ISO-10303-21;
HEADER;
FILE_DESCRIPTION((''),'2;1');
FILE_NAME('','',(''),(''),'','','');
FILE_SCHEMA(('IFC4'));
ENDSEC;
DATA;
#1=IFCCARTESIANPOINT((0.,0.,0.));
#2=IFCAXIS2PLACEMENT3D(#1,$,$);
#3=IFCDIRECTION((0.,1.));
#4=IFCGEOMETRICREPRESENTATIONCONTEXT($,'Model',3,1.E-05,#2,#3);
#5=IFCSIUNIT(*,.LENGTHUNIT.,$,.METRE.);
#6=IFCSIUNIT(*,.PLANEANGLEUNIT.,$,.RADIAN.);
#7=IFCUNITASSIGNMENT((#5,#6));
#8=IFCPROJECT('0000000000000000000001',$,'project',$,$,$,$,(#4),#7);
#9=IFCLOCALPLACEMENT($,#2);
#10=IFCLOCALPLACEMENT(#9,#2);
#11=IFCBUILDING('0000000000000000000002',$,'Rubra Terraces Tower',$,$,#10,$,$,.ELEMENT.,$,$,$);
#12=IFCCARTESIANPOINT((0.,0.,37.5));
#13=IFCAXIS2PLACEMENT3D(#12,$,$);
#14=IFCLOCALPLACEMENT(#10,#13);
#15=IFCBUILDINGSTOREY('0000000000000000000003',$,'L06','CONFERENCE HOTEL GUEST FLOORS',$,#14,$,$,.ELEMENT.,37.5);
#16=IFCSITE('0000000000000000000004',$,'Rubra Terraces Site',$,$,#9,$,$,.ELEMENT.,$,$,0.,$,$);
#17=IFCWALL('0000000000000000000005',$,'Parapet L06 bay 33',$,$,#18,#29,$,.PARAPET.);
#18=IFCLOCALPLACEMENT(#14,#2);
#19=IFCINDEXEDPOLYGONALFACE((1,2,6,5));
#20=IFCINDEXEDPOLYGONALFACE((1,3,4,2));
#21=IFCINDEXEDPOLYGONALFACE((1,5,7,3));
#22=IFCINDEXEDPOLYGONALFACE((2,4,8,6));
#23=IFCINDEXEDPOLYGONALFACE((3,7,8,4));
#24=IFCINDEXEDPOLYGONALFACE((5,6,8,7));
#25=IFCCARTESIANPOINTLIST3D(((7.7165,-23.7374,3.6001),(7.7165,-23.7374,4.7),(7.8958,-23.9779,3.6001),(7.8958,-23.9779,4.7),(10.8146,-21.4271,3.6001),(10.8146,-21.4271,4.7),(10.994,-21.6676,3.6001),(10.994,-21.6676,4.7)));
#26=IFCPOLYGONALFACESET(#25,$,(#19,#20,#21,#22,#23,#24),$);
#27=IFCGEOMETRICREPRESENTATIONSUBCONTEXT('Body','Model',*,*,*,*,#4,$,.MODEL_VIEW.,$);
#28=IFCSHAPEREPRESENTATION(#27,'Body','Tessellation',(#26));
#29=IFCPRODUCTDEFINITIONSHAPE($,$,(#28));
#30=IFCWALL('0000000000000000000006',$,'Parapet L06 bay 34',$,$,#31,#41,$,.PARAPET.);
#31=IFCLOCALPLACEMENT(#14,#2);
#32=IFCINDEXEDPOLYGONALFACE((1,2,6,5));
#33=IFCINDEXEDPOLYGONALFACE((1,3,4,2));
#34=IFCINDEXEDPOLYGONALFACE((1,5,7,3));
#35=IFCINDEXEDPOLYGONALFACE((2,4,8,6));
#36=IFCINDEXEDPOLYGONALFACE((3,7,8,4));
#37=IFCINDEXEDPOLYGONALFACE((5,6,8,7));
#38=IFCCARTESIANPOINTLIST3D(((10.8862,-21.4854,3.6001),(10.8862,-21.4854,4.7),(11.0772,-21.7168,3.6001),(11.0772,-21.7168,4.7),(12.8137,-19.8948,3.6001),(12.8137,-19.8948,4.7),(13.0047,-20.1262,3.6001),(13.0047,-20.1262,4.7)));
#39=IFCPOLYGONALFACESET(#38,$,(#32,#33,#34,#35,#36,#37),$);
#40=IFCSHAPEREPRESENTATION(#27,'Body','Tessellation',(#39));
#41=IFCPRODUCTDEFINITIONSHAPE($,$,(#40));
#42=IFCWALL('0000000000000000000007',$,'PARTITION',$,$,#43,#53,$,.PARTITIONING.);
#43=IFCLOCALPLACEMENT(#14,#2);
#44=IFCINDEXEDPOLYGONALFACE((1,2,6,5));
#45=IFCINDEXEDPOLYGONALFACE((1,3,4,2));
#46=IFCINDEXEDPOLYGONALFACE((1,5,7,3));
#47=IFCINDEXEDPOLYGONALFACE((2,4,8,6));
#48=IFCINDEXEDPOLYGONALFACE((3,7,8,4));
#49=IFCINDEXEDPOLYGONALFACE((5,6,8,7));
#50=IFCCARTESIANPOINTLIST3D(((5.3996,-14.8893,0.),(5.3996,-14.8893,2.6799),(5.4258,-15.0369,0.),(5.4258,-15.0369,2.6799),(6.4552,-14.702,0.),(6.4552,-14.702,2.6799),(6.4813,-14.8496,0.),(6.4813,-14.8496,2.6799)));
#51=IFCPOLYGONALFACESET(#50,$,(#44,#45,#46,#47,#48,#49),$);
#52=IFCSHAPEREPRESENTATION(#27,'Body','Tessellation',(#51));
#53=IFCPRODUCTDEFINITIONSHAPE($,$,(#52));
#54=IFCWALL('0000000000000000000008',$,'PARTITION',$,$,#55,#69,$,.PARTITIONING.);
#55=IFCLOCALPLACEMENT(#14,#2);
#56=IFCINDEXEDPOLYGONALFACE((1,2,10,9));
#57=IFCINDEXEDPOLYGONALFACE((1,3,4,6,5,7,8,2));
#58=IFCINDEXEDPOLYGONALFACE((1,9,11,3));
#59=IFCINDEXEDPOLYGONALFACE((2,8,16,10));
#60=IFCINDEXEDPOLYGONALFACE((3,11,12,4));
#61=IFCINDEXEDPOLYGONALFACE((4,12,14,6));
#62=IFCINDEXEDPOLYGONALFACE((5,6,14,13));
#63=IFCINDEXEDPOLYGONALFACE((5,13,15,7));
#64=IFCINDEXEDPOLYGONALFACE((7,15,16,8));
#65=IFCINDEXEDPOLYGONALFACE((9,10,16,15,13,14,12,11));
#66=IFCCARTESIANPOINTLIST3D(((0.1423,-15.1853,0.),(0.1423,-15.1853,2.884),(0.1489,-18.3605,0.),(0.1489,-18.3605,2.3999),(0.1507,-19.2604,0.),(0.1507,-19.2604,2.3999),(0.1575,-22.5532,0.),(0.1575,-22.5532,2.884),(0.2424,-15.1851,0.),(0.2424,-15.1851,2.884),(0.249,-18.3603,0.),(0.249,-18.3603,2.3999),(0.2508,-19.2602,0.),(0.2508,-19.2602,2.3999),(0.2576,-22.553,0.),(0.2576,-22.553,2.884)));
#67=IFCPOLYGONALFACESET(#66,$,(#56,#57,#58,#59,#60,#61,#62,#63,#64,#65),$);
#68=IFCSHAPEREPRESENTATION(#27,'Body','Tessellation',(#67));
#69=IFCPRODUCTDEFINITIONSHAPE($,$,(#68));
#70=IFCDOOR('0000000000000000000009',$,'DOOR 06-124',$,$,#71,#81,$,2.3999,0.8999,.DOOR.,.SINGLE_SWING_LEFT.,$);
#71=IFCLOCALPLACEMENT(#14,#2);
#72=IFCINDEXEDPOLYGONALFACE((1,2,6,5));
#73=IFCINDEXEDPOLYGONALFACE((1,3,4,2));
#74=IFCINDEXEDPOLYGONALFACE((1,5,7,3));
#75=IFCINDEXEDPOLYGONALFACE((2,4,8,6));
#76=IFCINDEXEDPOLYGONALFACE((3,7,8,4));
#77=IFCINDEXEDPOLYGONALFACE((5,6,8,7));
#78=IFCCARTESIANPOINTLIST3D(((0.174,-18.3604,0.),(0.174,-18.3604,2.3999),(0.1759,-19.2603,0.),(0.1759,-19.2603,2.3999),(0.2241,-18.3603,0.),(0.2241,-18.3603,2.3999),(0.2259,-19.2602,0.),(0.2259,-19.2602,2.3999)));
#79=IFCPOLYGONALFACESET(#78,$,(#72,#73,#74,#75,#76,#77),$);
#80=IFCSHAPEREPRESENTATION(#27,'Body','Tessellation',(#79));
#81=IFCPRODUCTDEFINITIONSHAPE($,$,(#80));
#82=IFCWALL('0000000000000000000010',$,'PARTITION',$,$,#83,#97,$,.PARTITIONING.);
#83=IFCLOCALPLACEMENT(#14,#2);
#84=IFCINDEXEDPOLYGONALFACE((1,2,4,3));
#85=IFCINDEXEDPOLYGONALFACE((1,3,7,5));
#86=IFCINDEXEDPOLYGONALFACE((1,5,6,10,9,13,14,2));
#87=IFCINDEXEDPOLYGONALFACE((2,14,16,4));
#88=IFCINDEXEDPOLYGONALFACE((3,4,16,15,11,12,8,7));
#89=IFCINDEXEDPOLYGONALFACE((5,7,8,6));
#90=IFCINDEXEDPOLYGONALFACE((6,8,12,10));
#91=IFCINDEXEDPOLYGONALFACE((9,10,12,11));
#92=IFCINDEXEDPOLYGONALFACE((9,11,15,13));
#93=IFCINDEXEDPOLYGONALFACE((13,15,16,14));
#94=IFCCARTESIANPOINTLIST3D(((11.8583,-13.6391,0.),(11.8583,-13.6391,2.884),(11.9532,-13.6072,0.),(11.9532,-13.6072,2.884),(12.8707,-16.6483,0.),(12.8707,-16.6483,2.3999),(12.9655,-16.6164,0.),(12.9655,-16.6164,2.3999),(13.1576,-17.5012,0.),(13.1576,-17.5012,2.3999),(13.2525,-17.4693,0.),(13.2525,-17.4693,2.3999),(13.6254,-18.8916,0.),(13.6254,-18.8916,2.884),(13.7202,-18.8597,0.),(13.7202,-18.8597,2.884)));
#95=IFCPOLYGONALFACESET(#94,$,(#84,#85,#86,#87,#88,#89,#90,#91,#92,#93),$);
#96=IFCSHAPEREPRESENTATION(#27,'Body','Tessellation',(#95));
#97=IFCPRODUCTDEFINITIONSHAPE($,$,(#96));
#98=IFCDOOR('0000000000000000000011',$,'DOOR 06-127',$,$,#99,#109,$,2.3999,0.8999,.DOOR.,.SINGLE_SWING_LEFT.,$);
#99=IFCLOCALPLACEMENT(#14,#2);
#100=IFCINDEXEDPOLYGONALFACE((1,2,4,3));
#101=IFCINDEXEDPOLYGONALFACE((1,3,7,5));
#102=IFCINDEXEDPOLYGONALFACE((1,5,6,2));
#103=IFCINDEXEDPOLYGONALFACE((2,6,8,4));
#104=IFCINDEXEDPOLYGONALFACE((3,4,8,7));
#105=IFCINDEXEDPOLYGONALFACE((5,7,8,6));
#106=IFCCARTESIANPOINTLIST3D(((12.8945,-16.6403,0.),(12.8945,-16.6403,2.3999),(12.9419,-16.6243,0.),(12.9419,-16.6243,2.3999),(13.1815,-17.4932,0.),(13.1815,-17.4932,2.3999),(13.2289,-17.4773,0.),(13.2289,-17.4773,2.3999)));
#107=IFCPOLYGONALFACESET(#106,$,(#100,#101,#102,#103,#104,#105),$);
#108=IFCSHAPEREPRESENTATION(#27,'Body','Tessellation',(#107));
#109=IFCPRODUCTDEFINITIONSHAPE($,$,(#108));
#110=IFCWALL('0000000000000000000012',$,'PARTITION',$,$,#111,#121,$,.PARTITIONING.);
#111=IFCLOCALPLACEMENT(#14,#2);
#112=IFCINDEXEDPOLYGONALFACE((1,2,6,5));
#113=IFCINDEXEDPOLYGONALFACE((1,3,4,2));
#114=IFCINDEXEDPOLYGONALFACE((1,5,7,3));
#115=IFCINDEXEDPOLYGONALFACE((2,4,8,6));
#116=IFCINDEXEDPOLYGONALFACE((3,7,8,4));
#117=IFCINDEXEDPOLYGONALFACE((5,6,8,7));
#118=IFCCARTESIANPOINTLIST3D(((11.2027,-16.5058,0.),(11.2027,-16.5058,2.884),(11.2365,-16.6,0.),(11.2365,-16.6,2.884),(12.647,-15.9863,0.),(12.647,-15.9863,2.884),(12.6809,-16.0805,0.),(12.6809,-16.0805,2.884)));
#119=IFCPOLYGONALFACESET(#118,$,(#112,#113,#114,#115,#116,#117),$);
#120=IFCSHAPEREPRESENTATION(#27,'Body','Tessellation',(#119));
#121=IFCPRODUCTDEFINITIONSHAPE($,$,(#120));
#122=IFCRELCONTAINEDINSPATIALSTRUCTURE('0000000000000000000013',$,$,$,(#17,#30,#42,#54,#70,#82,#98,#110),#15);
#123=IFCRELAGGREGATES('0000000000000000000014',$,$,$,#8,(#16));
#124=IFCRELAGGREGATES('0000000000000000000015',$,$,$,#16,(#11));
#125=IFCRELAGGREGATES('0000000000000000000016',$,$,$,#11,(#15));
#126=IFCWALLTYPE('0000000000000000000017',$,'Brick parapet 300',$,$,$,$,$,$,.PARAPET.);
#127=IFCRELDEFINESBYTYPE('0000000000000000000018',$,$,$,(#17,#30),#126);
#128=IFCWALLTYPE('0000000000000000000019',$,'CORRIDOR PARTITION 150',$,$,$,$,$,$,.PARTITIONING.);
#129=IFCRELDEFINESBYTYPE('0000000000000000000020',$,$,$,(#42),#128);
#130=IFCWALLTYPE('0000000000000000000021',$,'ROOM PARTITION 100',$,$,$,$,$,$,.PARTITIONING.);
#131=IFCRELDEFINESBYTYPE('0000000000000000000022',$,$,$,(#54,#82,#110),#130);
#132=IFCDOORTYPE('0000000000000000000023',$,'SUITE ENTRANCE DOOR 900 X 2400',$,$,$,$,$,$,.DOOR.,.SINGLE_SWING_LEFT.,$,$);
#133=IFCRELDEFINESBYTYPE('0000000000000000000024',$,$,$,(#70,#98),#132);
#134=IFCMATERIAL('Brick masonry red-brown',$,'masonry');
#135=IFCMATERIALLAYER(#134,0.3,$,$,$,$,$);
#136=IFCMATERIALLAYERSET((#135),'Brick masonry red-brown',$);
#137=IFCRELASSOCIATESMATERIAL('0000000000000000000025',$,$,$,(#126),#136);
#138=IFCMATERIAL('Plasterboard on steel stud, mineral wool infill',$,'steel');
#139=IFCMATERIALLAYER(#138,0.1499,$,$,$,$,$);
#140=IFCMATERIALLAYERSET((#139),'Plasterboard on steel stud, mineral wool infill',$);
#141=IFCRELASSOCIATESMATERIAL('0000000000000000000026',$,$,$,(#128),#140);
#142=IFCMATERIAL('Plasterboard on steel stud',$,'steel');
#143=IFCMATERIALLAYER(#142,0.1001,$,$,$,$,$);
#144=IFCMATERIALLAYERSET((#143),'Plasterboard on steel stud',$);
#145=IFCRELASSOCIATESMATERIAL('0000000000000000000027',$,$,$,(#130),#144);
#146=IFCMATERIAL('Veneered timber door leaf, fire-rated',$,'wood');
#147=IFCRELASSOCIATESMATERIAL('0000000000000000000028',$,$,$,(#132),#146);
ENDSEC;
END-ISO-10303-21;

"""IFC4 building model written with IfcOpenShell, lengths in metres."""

from ifc_helpers import new_model, si_unit, direction, frame, frame_2d, origin, place, context, subcontext, project, spatial, rectangle, extrude, material, layer, layer_set, type_object, element, fill, save


model = new_model("IFC4")

# Units and contexts
model_context = context("Model", 3, precision=1e-05, world=origin(), true_north=direction((0.0, 1.0)))
body_context = subcontext(model_context, "Body", "Model", "MODEL_VIEW")
ifc_project = project(units=[si_unit("LENGTHUNIT", "METRE"), si_unit("PLANEANGLEUNIT", "RADIAN")], contexts=[model_context])

# Site, building, storey
site_placement = place(None, origin())
site = spatial("IfcSite", under=ifc_project, at=site_placement, Name="Rubra Terraces Site", CompositionType="ELEMENT", RefElevation=0.0)
building_placement = place(site_placement, origin())
building = spatial("IfcBuilding", under=site, at=building_placement, Name="Rubra Terraces Tower", CompositionType="ELEMENT")
storey_placement = place(building_placement, frame((0.0, 0.0, 37.5)))
storey = spatial("IfcBuildingStorey", under=building, at=storey_placement, Name="L06", Description="CONFERENCE HOTEL GUEST FLOORS", CompositionType="ELEMENT", Elevation=37.5)

# Shared definitions
ifc_material_1 = material(Name="Brick masonry red-brown", Category="masonry")

# Walls
ifc_layer_1 = layer(ifc_material_1, 0.3)
ifc_layer_set_1 = layer_set([ifc_layer_1], Name="Brick masonry red-brown")
wall_type_1 = type_object("IfcWallType", Name="Brick parapet 300", PredefinedType="PARAPET", material=ifc_layer_set_1)
wall_1_placement = place(storey_placement, frame((7.8062, -23.8577, 3.6001), z_axis=(0.0, 0.0, 1.0), x_axis=(0.80165, 0.597794, 0.0)))
element("IfcWall", 1, at=wall_1_placement, inside=storey, type_object=wall_type_1, Name="Parapet L06 bay 33", PredefinedType="PARAPET", context=body_context, shape_type="SweptSolid", body=[
    extrude(rectangle(XDim=3.8647, YDim=0.3, at=frame_2d((1.9324, 0.0))), origin(), (0.0, 0.0, 1.0), 1.0999),
])
wall_2_placement = place(storey_placement, frame((10.9817, -21.6011, 3.6001), z_axis=(0.0, 0.0, 1.0), x_axis=(0.771295, 0.636477, 0.0)))
element("IfcWall", 2, at=wall_2_placement, inside=storey, type_object=wall_type_1, Name="Parapet L06 bay 34", PredefinedType="PARAPET", context=body_context, shape_type="SweptSolid", body=[
    extrude(rectangle(XDim=2.499, YDim=0.3, at=frame_2d((1.2495, 0.0))), origin(), (0.0, 0.0, 1.0), 1.0999),
])
ifc_material_2 = material(Name="Plasterboard on steel stud, mineral wool infill", Category="steel")
ifc_layer_2 = layer(ifc_material_2, 0.1499)
ifc_layer_set_2 = layer_set([ifc_layer_2], Name="Plasterboard on steel stud, mineral wool infill")
wall_type_2 = type_object("IfcWallType", Name="CORRIDOR PARTITION 150", PredefinedType="PARTITIONING", material=ifc_layer_set_2)
wall_3_placement = place(storey_placement, frame((5.4126, -14.9631, 0.0), z_axis=(0.0, 0.0, 1.0), x_axis=(0.984623, 0.174695, 0.0)))
element("IfcWall", 3, at=wall_3_placement, inside=storey, type_object=wall_type_2, Name="PARTITION", PredefinedType="PARTITIONING", context=body_context, shape_type="SweptSolid", body=[
    extrude(rectangle(XDim=1.072, YDim=0.1499, at=frame_2d((0.5361, 0.0))), origin(), (0.0, 0.0, 1.0), 2.6799),
])

# Walls, openings, doors
ifc_material_3 = material(Name="Plasterboard on steel stud", Category="steel")
ifc_layer_3 = layer(ifc_material_3, 0.1001)
ifc_layer_set_3 = layer_set([ifc_layer_3], Name="Plasterboard on steel stud")
wall_type_3 = type_object("IfcWallType", Name="ROOM PARTITION 100", PredefinedType="PARTITIONING", material=ifc_layer_set_3)
wall_4_placement = place(storey_placement, frame((0.2075, -22.5532, 0.0), z_axis=(0.0, 0.0, 1.0), x_axis=(-0.002054, 0.999998, 0.0)))
wall_4 = element("IfcWall", 4, at=wall_4_placement, inside=storey, type_object=wall_type_3, Name="PARTITION", PredefinedType="PARTITIONING", context=body_context, shape_type="SweptSolid", body=[
    extrude(rectangle(XDim=7.3679, YDim=0.1001, at=frame_2d((3.6841, 0.0))), origin(), (0.0, 0.0, 1.0), 2.884),
])
opening_1_placement = place(wall_4_placement, frame((3.293, 0.0, 0.0)))
opening_1 = element("IfcOpeningElement", 5, at=opening_1_placement, cuts=wall_4, PredefinedType="OPENING", context=body_context, shape_type="SweptSolid", body=[
    extrude(rectangle(XDim=0.8999, YDim=2.3999, at=frame_2d((0.45, 1.2))), frame((0.0, 0.0601, 0.0), z_axis=(0.0, -1.0, 0.0), x_axis=(1.0, 0.0, 0.0)), (0.0, 0.0, 1.0), 0.1201),
])
ifc_material_4 = material(Name="Veneered timber door leaf, fire-rated", Category="wood")
door_type = type_object("IfcDoorType", Name="SUITE ENTRANCE DOOR 900 X 2400", OperationType="SINGLE_SWING_LEFT", PredefinedType="DOOR", material=ifc_material_4)
door_1_placement = place(opening_1_placement, origin())
door_1 = element("IfcDoor", 6, at=door_1_placement, inside=storey, type_object=door_type, Name="DOOR 06-124", OperationType="SINGLE_SWING_LEFT", OverallHeight=2.3999, OverallWidth=0.8999, PredefinedType="DOOR", context=body_context, shape_type="SweptSolid", body=[
    extrude(rectangle(XDim=0.8999, YDim=2.3999, at=frame_2d((0.45, 1.2))), frame((0.0, 0.0249, 0.0), z_axis=(0.0, -1.0, 0.0), x_axis=(1.0, 0.0, 0.0)), (0.0, 0.0, 1.0), 0.05),
])
fill(opening_1, door_1)
wall_5_placement = place(storey_placement, frame((13.6729, -18.8757, 0.0), z_axis=(0.0, 0.0, 1.0), x_axis=(-0.31887, 0.947799, 0.0)))
wall_5 = element("IfcWall", 7, at=wall_5_placement, inside=storey, type_object=wall_type_3, Name="PARTITION", PredefinedType="PARTITIONING", context=body_context, shape_type="SweptSolid", body=[
    extrude(rectangle(XDim=5.5417, YDim=0.1001, at=frame_2d((2.771, 0.0))), origin(), (0.0, 0.0, 1.0), 2.884),
])
opening_2_placement = place(wall_5_placement, frame((1.467, 0.0, 0.0)))
opening_2 = element("IfcOpeningElement", 8, at=opening_2_placement, cuts=wall_5, PredefinedType="OPENING", context=body_context, shape_type="SweptSolid", body=[
    extrude(rectangle(XDim=0.8999, YDim=2.3999, at=frame_2d((0.45, 1.2))), frame((0.0, 0.0601, 0.0), z_axis=(0.0, -1.0, 0.0), x_axis=(1.0, 0.0, 0.0)), (0.0, 0.0, 1.0), 0.1201),
])
door_2_placement = place(opening_2_placement, origin())
door_2 = element("IfcDoor", 9, at=door_2_placement, inside=storey, type_object=door_type, Name="DOOR 06-127", OperationType="SINGLE_SWING_LEFT", OverallHeight=2.3999, OverallWidth=0.8999, PredefinedType="DOOR", context=body_context, shape_type="SweptSolid", body=[
    extrude(rectangle(XDim=0.8999, YDim=2.3999, at=frame_2d((0.45, 1.2))), frame((0.0, 0.0249, 0.0), z_axis=(0.0, -1.0, 0.0), x_axis=(1.0, 0.0, 0.0)), (0.0, 0.0, 1.0), 0.05),
])
fill(opening_2, door_2)

# Wall
wall_6_placement = place(storey_placement, frame((11.2195, -16.553, 0.0), z_axis=(0.0, 0.0, 1.0), x_axis=(0.940977, 0.338472, 0.0)))
element("IfcWall", 10, at=wall_6_placement, inside=storey, type_object=wall_type_3, Name="PARTITION", PredefinedType="PARTITIONING", context=body_context, shape_type="SweptSolid", body=[
    extrude(rectangle(XDim=1.5349, YDim=0.1001, at=frame_2d((0.7676, 0.0))), origin(), (0.0, 0.0, 1.0), 2.884),
])

save(model, "model.ifc")
